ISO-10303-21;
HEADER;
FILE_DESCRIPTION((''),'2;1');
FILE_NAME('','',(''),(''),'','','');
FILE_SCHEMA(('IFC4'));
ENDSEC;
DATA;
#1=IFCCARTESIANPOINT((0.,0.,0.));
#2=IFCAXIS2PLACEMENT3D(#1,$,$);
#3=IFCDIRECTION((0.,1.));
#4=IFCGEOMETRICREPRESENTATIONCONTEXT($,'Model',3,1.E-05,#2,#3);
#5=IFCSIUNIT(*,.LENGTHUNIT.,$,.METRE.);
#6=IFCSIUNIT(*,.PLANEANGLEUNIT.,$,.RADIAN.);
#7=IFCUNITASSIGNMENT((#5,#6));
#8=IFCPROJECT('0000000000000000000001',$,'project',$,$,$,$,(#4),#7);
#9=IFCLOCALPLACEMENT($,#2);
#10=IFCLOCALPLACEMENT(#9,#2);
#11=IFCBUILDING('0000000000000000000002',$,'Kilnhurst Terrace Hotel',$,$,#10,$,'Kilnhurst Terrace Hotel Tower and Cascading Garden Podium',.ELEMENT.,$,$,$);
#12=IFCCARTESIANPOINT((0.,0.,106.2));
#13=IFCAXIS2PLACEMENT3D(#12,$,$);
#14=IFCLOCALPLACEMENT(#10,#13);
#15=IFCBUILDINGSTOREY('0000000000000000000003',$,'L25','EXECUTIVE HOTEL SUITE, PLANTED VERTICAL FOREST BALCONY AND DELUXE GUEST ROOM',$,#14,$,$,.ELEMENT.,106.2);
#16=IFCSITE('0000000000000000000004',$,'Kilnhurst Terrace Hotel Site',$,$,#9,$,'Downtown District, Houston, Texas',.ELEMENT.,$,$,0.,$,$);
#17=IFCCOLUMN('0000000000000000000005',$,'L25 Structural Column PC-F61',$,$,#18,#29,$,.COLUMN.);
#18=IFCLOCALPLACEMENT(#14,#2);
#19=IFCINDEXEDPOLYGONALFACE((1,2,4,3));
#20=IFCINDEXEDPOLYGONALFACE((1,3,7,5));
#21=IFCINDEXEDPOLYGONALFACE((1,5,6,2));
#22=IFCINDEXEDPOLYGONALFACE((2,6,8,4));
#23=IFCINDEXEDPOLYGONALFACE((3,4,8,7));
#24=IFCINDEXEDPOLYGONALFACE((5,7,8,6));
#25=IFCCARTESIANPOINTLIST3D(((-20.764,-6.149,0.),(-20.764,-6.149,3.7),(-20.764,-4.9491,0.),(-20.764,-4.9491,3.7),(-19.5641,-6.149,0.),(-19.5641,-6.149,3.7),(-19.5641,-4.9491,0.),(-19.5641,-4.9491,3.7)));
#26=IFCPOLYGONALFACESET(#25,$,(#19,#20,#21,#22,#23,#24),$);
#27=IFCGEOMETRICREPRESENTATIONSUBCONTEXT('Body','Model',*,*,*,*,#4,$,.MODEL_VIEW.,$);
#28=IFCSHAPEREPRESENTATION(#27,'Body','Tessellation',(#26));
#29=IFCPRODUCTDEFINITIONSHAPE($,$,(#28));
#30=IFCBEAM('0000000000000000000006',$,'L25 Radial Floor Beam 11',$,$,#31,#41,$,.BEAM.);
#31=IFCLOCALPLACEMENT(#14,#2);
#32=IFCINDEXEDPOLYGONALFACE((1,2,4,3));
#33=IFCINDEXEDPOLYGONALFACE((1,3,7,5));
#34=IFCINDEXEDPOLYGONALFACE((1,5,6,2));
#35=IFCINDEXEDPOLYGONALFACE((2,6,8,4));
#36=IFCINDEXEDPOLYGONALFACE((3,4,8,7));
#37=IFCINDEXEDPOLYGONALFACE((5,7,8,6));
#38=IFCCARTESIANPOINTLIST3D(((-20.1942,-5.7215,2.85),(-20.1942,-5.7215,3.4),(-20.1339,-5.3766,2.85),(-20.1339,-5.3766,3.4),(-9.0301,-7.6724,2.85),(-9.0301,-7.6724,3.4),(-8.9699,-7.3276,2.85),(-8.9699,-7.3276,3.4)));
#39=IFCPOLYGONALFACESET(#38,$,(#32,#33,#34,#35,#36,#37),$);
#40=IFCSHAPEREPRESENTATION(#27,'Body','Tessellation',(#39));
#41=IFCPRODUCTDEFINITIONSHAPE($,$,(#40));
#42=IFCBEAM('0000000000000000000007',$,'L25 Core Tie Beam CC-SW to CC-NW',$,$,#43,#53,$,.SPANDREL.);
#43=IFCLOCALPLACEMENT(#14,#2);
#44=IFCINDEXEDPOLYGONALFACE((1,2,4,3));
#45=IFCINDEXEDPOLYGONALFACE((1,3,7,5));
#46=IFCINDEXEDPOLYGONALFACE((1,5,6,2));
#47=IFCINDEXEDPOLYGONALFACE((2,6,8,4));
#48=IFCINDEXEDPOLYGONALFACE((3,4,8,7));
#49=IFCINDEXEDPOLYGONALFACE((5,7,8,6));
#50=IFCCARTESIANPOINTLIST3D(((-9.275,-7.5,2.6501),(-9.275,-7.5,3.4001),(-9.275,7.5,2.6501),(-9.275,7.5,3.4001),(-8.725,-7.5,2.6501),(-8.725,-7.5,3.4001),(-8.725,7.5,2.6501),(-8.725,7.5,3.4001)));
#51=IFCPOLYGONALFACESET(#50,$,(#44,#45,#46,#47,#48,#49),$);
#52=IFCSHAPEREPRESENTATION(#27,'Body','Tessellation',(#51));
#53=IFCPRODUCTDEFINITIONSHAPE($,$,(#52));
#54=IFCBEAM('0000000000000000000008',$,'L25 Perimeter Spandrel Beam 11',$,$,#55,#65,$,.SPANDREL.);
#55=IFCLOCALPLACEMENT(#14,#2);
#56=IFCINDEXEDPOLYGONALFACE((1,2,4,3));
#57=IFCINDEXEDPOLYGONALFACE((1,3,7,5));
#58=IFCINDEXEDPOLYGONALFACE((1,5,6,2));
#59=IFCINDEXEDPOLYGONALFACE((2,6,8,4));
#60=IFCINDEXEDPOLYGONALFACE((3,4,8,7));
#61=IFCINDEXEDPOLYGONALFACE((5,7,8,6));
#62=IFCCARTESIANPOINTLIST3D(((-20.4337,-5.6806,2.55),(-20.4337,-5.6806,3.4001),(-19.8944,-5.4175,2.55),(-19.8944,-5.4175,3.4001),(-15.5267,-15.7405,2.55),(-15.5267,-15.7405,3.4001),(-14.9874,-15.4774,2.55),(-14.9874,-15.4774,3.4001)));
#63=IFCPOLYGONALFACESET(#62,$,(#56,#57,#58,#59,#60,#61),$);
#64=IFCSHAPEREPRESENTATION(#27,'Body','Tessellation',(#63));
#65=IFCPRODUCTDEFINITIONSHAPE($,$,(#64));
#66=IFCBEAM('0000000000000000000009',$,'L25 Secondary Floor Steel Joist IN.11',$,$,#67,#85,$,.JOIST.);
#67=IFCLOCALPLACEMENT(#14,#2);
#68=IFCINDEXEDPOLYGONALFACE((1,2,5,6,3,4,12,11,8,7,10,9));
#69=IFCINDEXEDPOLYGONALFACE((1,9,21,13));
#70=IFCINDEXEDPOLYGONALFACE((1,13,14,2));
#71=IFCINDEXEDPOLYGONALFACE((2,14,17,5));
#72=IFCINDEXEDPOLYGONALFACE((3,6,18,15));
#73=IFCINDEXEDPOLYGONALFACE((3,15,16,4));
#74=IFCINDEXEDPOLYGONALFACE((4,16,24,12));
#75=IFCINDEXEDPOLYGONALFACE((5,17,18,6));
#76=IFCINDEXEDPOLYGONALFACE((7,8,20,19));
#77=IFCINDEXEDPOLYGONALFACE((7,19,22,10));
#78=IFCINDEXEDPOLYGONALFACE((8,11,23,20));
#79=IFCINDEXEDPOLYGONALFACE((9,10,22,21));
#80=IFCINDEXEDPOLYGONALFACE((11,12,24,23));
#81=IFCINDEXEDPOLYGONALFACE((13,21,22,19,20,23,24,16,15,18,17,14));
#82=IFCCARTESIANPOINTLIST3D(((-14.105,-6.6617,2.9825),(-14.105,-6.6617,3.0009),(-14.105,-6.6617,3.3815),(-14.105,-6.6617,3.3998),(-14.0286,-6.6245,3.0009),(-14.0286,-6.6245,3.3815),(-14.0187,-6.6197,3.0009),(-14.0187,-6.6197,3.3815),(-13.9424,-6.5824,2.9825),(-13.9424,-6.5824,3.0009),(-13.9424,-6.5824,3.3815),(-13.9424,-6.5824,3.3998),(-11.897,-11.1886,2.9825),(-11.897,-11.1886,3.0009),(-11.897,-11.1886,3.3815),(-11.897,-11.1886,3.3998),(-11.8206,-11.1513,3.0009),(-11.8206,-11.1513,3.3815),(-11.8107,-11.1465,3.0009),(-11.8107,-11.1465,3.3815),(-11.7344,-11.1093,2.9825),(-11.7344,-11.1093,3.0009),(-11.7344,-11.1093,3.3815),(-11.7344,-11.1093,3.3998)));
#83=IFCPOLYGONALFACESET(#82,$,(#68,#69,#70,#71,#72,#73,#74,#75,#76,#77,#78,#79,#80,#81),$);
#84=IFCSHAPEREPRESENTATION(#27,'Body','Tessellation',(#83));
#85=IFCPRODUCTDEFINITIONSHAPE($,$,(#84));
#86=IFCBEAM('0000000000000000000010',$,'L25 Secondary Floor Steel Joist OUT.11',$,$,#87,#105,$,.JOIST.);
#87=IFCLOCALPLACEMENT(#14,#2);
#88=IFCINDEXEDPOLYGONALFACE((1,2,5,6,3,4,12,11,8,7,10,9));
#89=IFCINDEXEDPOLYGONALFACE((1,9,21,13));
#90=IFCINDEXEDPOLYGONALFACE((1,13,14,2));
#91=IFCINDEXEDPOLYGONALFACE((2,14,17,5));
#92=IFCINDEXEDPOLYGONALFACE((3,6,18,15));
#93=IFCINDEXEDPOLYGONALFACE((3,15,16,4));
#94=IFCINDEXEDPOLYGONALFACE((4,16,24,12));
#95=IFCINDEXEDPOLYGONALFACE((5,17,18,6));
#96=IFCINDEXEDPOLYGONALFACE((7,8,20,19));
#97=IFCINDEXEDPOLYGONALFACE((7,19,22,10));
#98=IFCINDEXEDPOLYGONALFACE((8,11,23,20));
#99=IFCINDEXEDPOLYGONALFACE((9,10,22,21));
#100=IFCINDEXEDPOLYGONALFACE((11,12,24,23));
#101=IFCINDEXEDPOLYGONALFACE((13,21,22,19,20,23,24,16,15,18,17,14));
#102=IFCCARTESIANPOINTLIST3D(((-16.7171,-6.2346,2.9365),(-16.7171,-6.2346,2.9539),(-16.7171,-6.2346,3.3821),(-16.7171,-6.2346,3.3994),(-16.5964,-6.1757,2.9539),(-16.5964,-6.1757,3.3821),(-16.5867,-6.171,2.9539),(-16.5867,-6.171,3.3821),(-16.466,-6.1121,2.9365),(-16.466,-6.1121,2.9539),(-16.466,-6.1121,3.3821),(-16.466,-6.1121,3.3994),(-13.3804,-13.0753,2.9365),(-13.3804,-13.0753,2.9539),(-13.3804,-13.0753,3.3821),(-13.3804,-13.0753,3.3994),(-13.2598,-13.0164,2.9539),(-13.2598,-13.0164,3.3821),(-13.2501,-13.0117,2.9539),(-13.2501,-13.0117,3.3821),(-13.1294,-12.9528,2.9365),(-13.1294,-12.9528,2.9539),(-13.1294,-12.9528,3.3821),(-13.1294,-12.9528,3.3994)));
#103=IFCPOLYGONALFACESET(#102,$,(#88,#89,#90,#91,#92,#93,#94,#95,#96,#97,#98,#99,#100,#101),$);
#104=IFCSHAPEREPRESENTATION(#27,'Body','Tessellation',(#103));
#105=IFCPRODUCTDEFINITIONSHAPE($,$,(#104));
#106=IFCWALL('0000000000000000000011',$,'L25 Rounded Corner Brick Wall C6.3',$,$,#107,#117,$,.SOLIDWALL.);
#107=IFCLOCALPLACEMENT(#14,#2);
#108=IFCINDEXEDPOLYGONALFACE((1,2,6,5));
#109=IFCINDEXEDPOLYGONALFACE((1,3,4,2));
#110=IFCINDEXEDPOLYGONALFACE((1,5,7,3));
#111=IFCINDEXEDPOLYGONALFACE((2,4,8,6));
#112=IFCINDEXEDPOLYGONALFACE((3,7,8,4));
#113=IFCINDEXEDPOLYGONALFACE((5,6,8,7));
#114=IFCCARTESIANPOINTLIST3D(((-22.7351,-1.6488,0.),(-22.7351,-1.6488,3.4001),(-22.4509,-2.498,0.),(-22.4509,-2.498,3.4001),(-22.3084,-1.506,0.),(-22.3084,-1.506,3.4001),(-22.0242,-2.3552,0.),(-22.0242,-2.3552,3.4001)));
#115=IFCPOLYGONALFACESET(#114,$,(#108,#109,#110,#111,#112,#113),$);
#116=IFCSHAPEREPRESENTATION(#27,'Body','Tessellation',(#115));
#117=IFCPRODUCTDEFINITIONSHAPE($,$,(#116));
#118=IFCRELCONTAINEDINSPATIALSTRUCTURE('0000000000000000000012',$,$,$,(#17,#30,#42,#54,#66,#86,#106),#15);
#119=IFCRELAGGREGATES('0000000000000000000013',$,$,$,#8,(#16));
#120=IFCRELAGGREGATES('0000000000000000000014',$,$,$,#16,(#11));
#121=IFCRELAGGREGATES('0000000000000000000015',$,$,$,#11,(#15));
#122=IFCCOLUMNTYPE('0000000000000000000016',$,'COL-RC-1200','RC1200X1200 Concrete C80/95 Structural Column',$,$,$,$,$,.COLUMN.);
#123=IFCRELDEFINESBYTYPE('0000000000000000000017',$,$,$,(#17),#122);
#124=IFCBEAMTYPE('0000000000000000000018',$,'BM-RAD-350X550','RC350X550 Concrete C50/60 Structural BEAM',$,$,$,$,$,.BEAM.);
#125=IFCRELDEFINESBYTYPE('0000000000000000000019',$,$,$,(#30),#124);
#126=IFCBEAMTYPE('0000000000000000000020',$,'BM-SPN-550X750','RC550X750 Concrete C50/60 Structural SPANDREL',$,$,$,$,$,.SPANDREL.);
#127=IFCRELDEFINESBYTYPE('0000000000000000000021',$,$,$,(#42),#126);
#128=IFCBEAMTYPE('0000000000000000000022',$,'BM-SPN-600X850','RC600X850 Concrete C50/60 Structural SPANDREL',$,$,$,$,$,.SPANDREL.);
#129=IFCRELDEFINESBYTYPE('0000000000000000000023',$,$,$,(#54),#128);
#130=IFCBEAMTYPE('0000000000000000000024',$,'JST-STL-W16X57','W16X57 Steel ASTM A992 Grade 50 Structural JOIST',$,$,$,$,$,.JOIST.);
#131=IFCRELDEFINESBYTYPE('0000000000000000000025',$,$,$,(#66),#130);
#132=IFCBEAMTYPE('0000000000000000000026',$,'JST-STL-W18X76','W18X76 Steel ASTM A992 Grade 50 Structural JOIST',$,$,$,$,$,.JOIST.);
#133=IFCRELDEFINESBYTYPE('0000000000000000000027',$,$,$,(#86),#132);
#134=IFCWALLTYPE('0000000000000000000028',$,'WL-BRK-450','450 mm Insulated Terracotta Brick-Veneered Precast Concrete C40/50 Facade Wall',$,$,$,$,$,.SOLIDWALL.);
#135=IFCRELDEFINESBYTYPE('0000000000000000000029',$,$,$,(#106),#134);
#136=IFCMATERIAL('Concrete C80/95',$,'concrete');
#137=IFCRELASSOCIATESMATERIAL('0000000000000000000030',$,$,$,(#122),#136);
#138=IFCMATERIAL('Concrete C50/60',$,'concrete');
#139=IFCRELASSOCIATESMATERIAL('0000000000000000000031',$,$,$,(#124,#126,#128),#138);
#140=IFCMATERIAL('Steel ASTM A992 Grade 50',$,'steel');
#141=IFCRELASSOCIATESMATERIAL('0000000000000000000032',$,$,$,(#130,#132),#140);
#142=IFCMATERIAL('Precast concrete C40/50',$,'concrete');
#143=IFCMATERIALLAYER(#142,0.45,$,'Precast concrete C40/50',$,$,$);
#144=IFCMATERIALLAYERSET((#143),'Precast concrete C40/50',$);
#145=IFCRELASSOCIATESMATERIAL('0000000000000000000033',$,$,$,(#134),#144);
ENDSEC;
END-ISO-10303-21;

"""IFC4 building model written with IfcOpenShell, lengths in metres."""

from ifc_helpers import new_model, si_unit, direction, frame, frame_2d, origin, origin_2d, place, context, subcontext, project, spatial, rectangle, i_section, extrude, material, layer, layer_set, material_profile, profile_set, type_object, element, save


model = new_model("IFC4")

# Units and contexts
model_context = context("Model", 3, precision=1e-05, world=origin(), true_north=direction((0.0, 1.0)))
body_context = subcontext(model_context, "Body", "Model", "MODEL_VIEW")
ifc_project = project(units=[si_unit("LENGTHUNIT", "METRE"), si_unit("PLANEANGLEUNIT", "RADIAN")], contexts=[model_context])

# Site, building, storey
site_placement = place(None, origin())
site = spatial("IfcSite", under=ifc_project, at=site_placement, Name="Kilnhurst Terrace Hotel Site", LongName="Downtown District, Houston, Texas", CompositionType="ELEMENT", RefElevation=0.0)
building_placement = place(site_placement, origin())
building = spatial("IfcBuilding", under=site, at=building_placement, Name="Kilnhurst Terrace Hotel", LongName="Kilnhurst Terrace Hotel Tower and Cascading Garden Podium", CompositionType="ELEMENT")
storey_placement = place(building_placement, frame((0.0, 0.0, 106.2)))
storey = spatial("IfcBuildingStorey", under=building, at=storey_placement, Name="L25", Description="EXECUTIVE HOTEL SUITE, PLANTED VERTICAL FOREST BALCONY AND DELUXE GUEST ROOM", CompositionType="ELEMENT", Elevation=106.2)

# Column
ifc_material_1 = material(Name="Concrete C80/95", Category="concrete")
ifc_material_profile_1 = material_profile(ifc_material_1, rectangle(XDim=1.2, YDim=1.2, at=origin_2d()), Name="RC1200X1200")
ifc_profile_set_1 = profile_set([ifc_material_profile_1], Name="Concrete C80/95")
column_type = type_object("IfcColumnType", Name="COL-RC-1200", Description="RC1200X1200 Concrete C80/95 Structural Column", PredefinedType="COLUMN", material=ifc_profile_set_1)
column_placement = place(storey_placement, frame((-20.1641, -5.5491, 0.0), z_axis=(0.0, 0.0, 1.0), x_axis=(1.0, 0.0, 0.0)))
element("IfcColumn", 1, at=column_placement, inside=storey, type_object=column_type, Name="L25 Structural Column PC-F61", PredefinedType="COLUMN", context=body_context, shape_type="SweptSolid", body=[
    extrude(rectangle(XDim=1.2, YDim=1.2, at=origin_2d()), origin(), (0.0, 0.0, 1.0), 3.7),
])

# Beams
ifc_material_2 = material(Name="Concrete C50/60", Category="concrete")
ifc_material_profile_2 = material_profile(ifc_material_2, rectangle(XDim=0.3501, YDim=0.55, at=origin_2d()), Name="RC350X550")
ifc_profile_set_2 = profile_set([ifc_material_profile_2], Name="Concrete C50/60")
beam_type_1 = type_object("IfcBeamType", Name="BM-RAD-350X550", Description="RC350X550 Concrete C50/60 Structural BEAM", PredefinedType="BEAM", material=ifc_profile_set_2)
beam_1_placement = place(storey_placement, frame((-9.0, -7.5, 3.125), z_axis=(-0.985072, 0.172142, 0.0), x_axis=(-0.172142, -0.985072, 0.0)))
element("IfcBeam", 2, at=beam_1_placement, inside=storey, type_object=beam_type_1, Name="L25 Radial Floor Beam 11", PredefinedType="BEAM", context=body_context, shape_type="SweptSolid", body=[
    extrude(rectangle(XDim=0.3501, YDim=0.55, at=origin_2d()), origin(), (0.0, 0.0, 1.0), 11.3333),
])
ifc_material_profile_3 = material_profile(ifc_material_2, rectangle(XDim=0.55, YDim=0.75, at=origin_2d()), Name="RC550X750")
ifc_profile_set_3 = profile_set([ifc_material_profile_3], Name="Concrete C50/60")
beam_type_2 = type_object("IfcBeamType", Name="BM-SPN-550X750", Description="RC550X750 Concrete C50/60 Structural SPANDREL", PredefinedType="SPANDREL", material=ifc_profile_set_3)
beam_2_placement = place(storey_placement, frame((-9.0, -7.5, 3.0251), z_axis=(0.0, 1.0, 0.0), x_axis=(-1.0, 0.0, 0.0)))
element("IfcBeam", 3, at=beam_2_placement, inside=storey, type_object=beam_type_2, Name="L25 Core Tie Beam CC-SW to CC-NW", PredefinedType="SPANDREL", context=body_context, shape_type="SweptSolid", body=[
    extrude(rectangle(XDim=0.55, YDim=0.75, at=origin_2d()), origin(), (0.0, 0.0, 1.0), 15.0),
])
ifc_material_profile_4 = material_profile(ifc_material_2, rectangle(XDim=0.6001, YDim=0.8501, at=origin_2d()), Name="RC600X850")
ifc_profile_set_4 = profile_set([ifc_material_profile_4], Name="Concrete C50/60")
beam_type_3 = type_object("IfcBeamType", Name="BM-SPN-600X850", Description="RC600X850 Concrete C50/60 Structural SPANDREL", PredefinedType="SPANDREL", material=ifc_profile_set_4)
beam_3_placement = place(storey_placement, frame((-20.1641, -5.5491, 2.9751), z_axis=(0.438406, -0.898777, 0.0), x_axis=(0.898777, 0.438406, 0.0)))
element("IfcBeam", 4, at=beam_3_placement, inside=storey, type_object=beam_type_3, Name="L25 Perimeter Spandrel Beam 11", PredefinedType="SPANDREL", context=body_context, shape_type="SweptSolid", body=[
    extrude(rectangle(XDim=0.6001, YDim=0.8501, at=origin_2d()), origin(), (0.0, 0.0, 1.0), 11.1929),
])
ifc_material_3 = material(Name="Steel ASTM A992 Grade 50", Category="steel")
ifc_material_profile_5 = material_profile(ifc_material_3, i_section(OverallWidth=0.1809, OverallDepth=0.4172, WebThickness=0.011, FlangeThickness=0.0183, at=origin_2d()), Name="W16X57")
ifc_profile_set_5 = profile_set([ifc_material_profile_5], Name="Steel ASTM A992 Grade 50")
beam_type_4 = type_object("IfcBeamType", Name="JST-STL-W16X57", Description="W16X57 Steel ASTM A992 Grade 50 Structural JOIST", PredefinedType="JOIST", material=ifc_profile_set_5)
beam_4_placement = place(storey_placement, frame((-14.0237, -6.6221, 3.1912), z_axis=(0.438389, -0.898785, 0.0), x_axis=(0.898785, 0.438389, 0.0)))
element("IfcBeam", 5, at=beam_4_placement, inside=storey, type_object=beam_type_4, Name="L25 Secondary Floor Steel Joist IN.11", PredefinedType="JOIST", context=body_context, shape_type="SweptSolid", body=[
    extrude(i_section(OverallWidth=0.1809, OverallDepth=0.4172, WebThickness=0.011, FlangeThickness=0.0183, at=origin_2d()), origin(), (0.0, 0.0, 1.0), 5.0366),
])
ifc_material_profile_6 = material_profile(ifc_material_3, i_section(OverallWidth=0.2793, OverallDepth=0.4629, WebThickness=0.0107, FlangeThickness=0.0173, at=origin_2d()), Name="W18X76")
ifc_profile_set_6 = profile_set([ifc_material_profile_6], Name="Steel ASTM A992 Grade 50")
beam_type_5 = type_object("IfcBeamType", Name="JST-STL-W18X76", Description="W18X76 Steel ASTM A992 Grade 50 Structural JOIST", PredefinedType="JOIST", material=ifc_profile_set_6)
beam_5_placement = place(storey_placement, frame((-16.5916, -6.1733, 3.168), z_axis=(0.43839, -0.898785, 0.0), x_axis=(0.898785, 0.43839, 0.0)))
element("IfcBeam", 6, at=beam_5_placement, inside=storey, type_object=beam_type_5, Name="L25 Secondary Floor Steel Joist OUT.11", PredefinedType="JOIST", context=body_context, shape_type="SweptSolid", body=[
    extrude(i_section(OverallWidth=0.2793, OverallDepth=0.4629, WebThickness=0.0107, FlangeThickness=0.0173, at=origin_2d()), origin(), (0.0, 0.0, 1.0), 7.6111),
])

# Wall
ifc_material_4 = material(Name="Precast concrete C40/50", Category="concrete")
ifc_layer_1 = layer(ifc_material_4, 0.45, Name="Precast concrete C40/50")
ifc_layer_set_1 = layer_set([ifc_layer_1], Name="Precast concrete C40/50")
wall_type_1 = type_object("IfcWallType", Name="WL-BRK-450", Description="450 mm Insulated Terracotta Brick-Veneered Precast Concrete C40/50 Facade Wall", PredefinedType="SOLIDWALL", material=ifc_layer_set_1)
wall_1_placement = place(storey_placement, frame((-22.5217, -1.5774, 0.0), z_axis=(0.0, 0.0, 1.0), x_axis=(0.317373, -0.948301, 0.0)))
element("IfcWall", 7, at=wall_1_placement, inside=storey, type_object=wall_type_1, Name="L25 Rounded Corner Brick Wall C6.3", PredefinedType="SOLIDWALL", context=body_context, shape_type="SweptSolid", body=[
    extrude(rectangle(XDim=0.8955, YDim=0.45, at=frame_2d((0.4478, 0.0))), origin(), (0.0, 0.0, 1.0), 3.4001),
])

save(model, "model.ifc")
